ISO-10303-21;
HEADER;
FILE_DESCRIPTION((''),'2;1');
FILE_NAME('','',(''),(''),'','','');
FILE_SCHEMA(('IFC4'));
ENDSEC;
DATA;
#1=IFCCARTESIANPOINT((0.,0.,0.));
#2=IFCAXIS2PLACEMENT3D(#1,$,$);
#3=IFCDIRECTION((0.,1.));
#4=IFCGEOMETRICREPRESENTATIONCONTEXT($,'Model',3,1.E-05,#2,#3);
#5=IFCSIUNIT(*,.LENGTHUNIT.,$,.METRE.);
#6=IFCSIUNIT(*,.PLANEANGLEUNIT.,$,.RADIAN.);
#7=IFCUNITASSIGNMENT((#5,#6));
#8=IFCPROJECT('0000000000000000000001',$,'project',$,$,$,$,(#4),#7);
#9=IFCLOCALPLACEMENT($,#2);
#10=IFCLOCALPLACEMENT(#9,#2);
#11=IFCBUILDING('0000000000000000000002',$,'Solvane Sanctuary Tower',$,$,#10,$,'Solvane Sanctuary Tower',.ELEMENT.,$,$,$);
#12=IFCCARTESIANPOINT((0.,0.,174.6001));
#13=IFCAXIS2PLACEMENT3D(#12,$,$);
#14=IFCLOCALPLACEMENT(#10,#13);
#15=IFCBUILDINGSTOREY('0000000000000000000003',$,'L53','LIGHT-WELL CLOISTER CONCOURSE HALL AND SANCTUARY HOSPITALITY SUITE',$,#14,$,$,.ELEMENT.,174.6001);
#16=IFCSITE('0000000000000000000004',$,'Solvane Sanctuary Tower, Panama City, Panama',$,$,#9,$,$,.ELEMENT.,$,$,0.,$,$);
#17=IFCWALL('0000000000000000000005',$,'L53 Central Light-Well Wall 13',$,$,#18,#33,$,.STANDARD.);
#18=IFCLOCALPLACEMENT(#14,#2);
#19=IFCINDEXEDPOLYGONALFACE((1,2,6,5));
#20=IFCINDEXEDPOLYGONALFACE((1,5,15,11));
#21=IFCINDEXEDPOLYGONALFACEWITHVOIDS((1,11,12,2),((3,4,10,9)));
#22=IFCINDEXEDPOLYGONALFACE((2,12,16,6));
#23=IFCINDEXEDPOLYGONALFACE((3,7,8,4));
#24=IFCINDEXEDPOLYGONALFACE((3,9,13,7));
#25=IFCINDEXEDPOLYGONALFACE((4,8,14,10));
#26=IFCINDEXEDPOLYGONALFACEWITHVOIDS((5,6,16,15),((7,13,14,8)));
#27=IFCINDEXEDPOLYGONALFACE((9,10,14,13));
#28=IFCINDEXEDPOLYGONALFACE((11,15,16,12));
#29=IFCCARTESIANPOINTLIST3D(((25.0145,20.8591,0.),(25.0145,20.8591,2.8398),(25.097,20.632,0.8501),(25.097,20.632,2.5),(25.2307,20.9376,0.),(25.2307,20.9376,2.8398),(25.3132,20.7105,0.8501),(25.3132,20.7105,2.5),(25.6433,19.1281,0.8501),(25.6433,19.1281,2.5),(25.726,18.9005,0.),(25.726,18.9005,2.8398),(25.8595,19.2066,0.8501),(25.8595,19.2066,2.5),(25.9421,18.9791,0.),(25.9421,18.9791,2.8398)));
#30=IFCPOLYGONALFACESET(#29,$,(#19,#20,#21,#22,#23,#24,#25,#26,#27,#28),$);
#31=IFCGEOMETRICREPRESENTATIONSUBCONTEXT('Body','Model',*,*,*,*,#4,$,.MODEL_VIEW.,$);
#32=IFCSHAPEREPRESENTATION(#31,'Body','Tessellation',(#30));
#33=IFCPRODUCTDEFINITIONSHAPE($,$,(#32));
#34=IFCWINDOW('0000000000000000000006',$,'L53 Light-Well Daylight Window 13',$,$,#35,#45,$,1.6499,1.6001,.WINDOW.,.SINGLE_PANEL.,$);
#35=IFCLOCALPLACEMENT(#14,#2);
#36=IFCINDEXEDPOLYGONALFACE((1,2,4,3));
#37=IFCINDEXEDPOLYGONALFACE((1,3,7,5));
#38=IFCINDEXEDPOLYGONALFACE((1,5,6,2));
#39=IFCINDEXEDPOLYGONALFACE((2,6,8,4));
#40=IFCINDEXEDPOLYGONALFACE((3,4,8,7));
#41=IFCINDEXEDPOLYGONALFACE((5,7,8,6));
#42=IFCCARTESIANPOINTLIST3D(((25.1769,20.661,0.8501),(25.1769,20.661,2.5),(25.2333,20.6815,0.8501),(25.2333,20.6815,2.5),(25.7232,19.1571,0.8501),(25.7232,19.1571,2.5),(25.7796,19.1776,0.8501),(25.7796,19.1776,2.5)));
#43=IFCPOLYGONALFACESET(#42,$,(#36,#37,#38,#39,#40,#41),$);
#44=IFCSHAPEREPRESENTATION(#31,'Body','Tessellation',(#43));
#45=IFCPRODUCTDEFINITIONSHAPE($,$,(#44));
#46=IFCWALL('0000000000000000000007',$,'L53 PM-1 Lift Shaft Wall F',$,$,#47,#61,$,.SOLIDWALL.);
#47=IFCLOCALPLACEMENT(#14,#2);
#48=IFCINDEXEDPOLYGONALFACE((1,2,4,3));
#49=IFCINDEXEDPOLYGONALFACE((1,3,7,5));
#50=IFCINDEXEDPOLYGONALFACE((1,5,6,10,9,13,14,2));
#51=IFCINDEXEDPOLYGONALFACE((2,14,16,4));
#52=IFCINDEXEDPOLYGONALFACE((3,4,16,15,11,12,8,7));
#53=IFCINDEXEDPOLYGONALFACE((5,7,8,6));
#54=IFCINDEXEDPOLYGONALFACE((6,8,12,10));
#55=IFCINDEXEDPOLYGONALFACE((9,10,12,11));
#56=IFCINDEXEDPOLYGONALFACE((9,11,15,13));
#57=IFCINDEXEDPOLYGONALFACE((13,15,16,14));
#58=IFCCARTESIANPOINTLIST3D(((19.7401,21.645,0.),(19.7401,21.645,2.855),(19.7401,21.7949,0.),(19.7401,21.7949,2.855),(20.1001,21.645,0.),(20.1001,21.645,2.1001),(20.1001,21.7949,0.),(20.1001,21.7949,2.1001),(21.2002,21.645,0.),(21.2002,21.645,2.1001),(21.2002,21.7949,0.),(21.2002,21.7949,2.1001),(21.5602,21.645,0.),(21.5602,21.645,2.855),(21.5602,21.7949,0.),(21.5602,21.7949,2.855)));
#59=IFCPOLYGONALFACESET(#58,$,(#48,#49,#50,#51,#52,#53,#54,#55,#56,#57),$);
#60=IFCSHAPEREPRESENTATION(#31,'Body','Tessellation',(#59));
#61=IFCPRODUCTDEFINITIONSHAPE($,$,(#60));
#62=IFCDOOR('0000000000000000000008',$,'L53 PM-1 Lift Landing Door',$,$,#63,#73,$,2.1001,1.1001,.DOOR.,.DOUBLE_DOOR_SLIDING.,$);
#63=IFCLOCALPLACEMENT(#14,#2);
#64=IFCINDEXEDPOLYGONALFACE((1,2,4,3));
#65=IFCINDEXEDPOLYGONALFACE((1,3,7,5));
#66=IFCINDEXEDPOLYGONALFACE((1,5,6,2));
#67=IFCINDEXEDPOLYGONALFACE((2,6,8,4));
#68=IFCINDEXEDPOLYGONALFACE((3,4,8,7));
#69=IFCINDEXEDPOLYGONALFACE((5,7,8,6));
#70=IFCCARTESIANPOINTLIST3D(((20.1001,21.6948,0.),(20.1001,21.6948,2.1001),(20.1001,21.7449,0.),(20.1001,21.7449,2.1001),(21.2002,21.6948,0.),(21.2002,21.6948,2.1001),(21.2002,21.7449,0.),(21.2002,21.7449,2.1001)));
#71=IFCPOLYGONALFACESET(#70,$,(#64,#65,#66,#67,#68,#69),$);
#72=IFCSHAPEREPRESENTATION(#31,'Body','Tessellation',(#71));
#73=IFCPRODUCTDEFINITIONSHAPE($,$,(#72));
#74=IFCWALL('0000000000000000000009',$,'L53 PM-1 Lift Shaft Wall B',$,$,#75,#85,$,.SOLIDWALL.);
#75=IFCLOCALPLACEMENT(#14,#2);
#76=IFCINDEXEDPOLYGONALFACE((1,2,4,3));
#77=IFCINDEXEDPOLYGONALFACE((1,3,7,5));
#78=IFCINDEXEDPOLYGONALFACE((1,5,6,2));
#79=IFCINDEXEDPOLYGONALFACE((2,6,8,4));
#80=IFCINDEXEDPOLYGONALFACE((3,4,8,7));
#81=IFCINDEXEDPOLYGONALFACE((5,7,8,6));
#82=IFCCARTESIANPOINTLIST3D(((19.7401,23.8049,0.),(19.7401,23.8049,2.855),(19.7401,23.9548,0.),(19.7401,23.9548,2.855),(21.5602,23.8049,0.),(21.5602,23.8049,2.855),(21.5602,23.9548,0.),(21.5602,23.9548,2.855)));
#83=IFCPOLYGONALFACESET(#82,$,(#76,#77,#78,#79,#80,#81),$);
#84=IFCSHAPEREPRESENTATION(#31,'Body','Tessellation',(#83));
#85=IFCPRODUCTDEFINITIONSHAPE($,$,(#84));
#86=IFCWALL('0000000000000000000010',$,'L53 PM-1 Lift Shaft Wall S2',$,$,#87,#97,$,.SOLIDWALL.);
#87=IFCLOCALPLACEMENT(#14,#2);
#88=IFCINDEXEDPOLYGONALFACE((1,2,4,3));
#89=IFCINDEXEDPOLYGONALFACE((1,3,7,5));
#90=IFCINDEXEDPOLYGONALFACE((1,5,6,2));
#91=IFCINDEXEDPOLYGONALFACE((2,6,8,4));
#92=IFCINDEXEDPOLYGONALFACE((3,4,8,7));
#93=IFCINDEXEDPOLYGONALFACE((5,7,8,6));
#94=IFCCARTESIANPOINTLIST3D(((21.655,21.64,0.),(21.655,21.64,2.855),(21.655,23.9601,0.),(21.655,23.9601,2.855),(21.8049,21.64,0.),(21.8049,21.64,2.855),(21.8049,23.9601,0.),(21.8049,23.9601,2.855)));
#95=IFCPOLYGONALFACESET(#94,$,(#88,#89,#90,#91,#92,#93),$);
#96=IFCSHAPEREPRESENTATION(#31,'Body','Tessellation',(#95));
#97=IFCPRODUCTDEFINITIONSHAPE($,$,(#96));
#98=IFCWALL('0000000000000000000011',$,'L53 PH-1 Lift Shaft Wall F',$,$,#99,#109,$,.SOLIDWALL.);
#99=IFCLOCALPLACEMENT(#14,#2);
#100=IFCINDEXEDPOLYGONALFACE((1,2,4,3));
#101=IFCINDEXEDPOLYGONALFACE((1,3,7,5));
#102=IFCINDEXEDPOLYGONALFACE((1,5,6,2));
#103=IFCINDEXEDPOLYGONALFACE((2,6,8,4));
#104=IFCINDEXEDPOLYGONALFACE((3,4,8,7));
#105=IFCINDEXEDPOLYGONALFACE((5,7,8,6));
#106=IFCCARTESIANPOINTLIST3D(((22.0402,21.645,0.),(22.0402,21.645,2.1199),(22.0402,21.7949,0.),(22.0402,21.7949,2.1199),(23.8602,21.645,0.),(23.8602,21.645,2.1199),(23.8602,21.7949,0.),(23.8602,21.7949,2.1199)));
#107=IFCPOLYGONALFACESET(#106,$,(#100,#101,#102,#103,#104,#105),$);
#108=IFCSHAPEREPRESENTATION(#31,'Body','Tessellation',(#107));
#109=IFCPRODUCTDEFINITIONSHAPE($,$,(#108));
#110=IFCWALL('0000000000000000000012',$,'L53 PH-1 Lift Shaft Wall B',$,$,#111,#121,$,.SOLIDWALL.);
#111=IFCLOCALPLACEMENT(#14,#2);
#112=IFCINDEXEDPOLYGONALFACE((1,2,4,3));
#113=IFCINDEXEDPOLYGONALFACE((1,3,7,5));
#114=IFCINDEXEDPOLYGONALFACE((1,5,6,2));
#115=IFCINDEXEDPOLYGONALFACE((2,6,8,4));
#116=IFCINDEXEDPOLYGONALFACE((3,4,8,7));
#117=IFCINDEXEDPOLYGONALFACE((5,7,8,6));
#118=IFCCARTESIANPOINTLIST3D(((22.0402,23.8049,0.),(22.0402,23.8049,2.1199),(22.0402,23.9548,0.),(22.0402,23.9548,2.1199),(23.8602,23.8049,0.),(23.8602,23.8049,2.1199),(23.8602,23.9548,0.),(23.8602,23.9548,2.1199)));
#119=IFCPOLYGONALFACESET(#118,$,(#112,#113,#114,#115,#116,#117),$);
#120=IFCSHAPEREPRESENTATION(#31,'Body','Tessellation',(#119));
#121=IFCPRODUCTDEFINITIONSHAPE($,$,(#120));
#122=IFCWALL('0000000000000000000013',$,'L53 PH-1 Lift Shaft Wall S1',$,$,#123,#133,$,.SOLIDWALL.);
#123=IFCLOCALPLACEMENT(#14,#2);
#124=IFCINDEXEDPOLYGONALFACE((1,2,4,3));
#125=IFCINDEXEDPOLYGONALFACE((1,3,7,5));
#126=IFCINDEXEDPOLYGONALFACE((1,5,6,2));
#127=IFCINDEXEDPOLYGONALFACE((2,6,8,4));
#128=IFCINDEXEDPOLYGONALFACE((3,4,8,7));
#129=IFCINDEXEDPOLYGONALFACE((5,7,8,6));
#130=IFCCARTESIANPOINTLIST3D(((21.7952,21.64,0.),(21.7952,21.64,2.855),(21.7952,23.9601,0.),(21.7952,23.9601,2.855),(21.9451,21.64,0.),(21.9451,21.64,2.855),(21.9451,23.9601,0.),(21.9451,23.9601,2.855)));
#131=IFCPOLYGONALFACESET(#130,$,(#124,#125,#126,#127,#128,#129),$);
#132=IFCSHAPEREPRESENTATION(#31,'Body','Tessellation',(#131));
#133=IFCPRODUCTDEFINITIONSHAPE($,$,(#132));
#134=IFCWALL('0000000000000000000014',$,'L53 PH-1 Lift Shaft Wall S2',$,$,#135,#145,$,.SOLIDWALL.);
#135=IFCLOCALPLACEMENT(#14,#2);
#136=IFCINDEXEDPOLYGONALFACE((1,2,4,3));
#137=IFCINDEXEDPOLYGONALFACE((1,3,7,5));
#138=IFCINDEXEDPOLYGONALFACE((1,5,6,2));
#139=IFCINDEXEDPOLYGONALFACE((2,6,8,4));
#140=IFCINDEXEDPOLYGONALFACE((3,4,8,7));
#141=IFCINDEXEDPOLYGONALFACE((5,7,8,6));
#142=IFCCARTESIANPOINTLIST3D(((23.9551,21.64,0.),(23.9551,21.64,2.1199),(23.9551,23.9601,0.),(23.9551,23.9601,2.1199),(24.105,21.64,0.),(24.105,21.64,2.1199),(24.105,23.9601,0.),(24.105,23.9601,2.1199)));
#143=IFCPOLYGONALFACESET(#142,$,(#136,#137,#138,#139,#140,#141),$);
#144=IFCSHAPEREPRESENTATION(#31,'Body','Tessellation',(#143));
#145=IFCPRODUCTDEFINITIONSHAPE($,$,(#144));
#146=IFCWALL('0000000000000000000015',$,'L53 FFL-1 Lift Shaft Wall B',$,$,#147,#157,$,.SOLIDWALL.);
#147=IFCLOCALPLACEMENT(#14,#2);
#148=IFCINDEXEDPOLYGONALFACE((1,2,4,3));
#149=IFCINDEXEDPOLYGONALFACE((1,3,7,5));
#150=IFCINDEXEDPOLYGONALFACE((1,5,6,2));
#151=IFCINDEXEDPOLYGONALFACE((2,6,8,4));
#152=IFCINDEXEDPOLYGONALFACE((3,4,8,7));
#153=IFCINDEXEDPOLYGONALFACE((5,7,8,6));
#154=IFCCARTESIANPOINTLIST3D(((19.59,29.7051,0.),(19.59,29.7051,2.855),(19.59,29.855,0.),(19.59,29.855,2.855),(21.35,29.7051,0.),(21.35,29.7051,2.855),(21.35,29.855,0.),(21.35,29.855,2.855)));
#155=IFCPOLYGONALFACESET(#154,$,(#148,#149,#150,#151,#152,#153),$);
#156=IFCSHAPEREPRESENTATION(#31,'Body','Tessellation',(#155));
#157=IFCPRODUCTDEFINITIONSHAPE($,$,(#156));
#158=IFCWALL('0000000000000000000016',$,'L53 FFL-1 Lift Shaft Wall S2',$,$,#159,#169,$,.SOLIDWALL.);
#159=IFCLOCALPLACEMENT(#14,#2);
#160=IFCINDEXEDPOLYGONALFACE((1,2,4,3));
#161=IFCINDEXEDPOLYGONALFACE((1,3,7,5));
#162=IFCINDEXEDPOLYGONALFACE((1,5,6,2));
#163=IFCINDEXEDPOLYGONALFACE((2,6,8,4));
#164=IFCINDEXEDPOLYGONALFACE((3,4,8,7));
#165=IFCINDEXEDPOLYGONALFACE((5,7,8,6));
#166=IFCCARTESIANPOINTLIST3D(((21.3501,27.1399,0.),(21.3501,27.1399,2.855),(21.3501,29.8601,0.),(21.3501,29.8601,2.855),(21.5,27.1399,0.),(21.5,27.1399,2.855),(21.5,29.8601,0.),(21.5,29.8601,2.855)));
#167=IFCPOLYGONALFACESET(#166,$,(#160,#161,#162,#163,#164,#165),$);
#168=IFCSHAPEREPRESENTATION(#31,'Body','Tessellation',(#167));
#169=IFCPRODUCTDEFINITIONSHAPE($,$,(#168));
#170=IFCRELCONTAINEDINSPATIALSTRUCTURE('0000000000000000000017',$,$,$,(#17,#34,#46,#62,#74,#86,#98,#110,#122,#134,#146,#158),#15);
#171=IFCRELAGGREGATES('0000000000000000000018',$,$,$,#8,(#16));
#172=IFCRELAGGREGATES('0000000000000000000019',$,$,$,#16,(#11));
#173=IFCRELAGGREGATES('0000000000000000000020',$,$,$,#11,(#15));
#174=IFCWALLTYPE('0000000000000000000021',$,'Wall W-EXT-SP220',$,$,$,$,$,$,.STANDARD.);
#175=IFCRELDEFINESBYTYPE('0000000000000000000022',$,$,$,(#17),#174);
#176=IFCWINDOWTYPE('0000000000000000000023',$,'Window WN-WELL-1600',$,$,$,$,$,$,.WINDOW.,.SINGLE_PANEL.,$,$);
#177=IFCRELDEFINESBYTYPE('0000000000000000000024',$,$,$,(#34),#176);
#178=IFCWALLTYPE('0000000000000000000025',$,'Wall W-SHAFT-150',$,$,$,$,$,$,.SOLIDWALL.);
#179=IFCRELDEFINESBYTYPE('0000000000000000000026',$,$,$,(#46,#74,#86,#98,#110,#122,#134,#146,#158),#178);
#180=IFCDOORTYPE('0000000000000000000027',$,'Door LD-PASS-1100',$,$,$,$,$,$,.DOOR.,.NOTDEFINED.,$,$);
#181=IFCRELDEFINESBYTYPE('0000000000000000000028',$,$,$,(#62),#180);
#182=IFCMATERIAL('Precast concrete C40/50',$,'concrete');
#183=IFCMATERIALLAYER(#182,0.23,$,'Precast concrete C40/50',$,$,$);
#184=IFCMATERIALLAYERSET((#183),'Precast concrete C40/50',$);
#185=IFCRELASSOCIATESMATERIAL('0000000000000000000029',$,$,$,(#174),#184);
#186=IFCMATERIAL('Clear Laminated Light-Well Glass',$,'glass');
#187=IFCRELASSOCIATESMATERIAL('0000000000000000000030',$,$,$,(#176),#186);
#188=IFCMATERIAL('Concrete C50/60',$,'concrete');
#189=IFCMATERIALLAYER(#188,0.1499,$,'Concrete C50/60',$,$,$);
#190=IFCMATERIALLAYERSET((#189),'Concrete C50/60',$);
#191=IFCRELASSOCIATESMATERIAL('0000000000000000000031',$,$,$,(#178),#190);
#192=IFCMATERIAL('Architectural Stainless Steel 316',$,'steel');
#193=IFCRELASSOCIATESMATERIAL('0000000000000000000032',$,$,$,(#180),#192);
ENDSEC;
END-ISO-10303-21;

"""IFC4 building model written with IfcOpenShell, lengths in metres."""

from ifc_helpers import new_model, si_unit, direction, frame, frame_2d, origin, place, context, subcontext, project, spatial, rectangle, extrude, material, layer, layer_set, type_object, element, fill, save


model = new_model("IFC4")

# Units and contexts
model_context = context("Model", 3, precision=1e-05, world=origin(), true_north=direction((0.0, 1.0)))
body_context = subcontext(model_context, "Body", "Model", "MODEL_VIEW")
ifc_project = project(units=[si_unit("LENGTHUNIT", "METRE"), si_unit("PLANEANGLEUNIT", "RADIAN")], contexts=[model_context])

# Site, building, storey
site_placement = place(None, origin())
site = spatial("IfcSite", under=ifc_project, at=site_placement, Name="Solvane Sanctuary Tower, Panama City, Panama", CompositionType="ELEMENT", RefElevation=0.0)
building_placement = place(site_placement, origin())
building = spatial("IfcBuilding", under=site, at=building_placement, Name="Solvane Sanctuary Tower", LongName="Solvane Sanctuary Tower", CompositionType="ELEMENT")
storey_placement = place(building_placement, frame((0.0, 0.0, 174.6001)))
storey = spatial("IfcBuildingStorey", under=building, at=storey_placement, Name="L53", Description="LIGHT-WELL CLOISTER CONCOURSE HALL AND SANCTUARY HOSPITALITY SUITE", CompositionType="ELEMENT", Elevation=174.6001)

# Shared definitions
ifc_material_1 = material(Name="Concrete C50/60", Category="concrete")

# Shared definitions
ifc_material_2 = material(Name="Architectural Stainless Steel 316", Category="steel")

# Shared definitions
ifc_material_3 = material(Name="Precast concrete C40/50", Category="concrete")
ifc_layer_1 = layer(ifc_material_3, 0.23, Name="Precast concrete C40/50")
ifc_layer_set_1 = layer_set([ifc_layer_1], Name="Precast concrete C40/50")
wall_type_1 = type_object("IfcWallType", Name="Wall W-EXT-SP220", PredefinedType="STANDARD", material=ifc_layer_set_1)

# Shared definitions
ifc_material_4 = material(Name="Clear Laminated Light-Well Glass", Category="glass")
window_type = type_object("IfcWindowType", Name="Window WN-WELL-1600", PartitioningType="SINGLE_PANEL", PredefinedType="WINDOW", material=ifc_material_4)

# Wall, opening, window
wall_1_placement = place(storey_placement, frame((25.1226, 20.8984, 0.0), z_axis=(0.0, 0.0, 1.0), x_axis=(0.341423, -0.93991, 0.0)))
wall_1 = element("IfcWall", 1, at=wall_1_placement, inside=storey, type_object=wall_type_1, Name="L53 Central Light-Well Wall 13", PredefinedType="STANDARD", context=body_context, shape_type="SweptSolid", body=[
    extrude(rectangle(XDim=2.0837, YDim=0.23, at=frame_2d((1.042, 0.0))), origin(), (0.0, 0.0, 1.0), 2.8398),
])
opening_1_placement = place(wall_1_placement, frame((0.2417, 0.0, 0.8501)))
opening_1 = element("IfcOpeningElement", 2, at=opening_1_placement, cuts=wall_1, PredefinedType="OPENING", context=body_context, shape_type="SweptSolid", body=[
    extrude(rectangle(XDim=1.6001, YDim=1.6499, at=frame_2d((0.8, 0.825))), frame((0.0, 0.125, 0.0), z_axis=(0.0, -1.0, 0.0), x_axis=(1.0, 0.0, 0.0)), (0.0, 0.0, 1.0), 0.25),
])
window_1_placement = place(opening_1_placement, origin())
window_1 = element("IfcWindow", 3, at=window_1_placement, inside=storey, type_object=window_type, Name="L53 Light-Well Daylight Window 13", OverallHeight=1.6499, OverallWidth=1.6001, PartitioningType="SINGLE_PANEL", PredefinedType="WINDOW", context=body_context, shape_type="SweptSolid", body=[
    extrude(rectangle(XDim=1.6001, YDim=1.6499, at=frame_2d((0.8, 0.825))), frame((0.0, 0.03, 0.0), z_axis=(0.0, -1.0, 0.0), x_axis=(1.0, 0.0, 0.0)), (0.0, 0.0, 1.0), 0.0601),
])
fill(opening_1, window_1)

# Wall, opening, door
ifc_layer_2 = layer(ifc_material_1, 0.1499, Name="Concrete C50/60")
ifc_layer_set_2 = layer_set([ifc_layer_2], Name="Concrete C50/60")
wall_type_2 = type_object("IfcWallType", Name="Wall W-SHAFT-150", PredefinedType="SOLIDWALL", material=ifc_layer_set_2)
wall_2_placement = place(storey_placement, frame((19.74, 21.72, 0.0), z_axis=(0.0, 0.0, 1.0), x_axis=(1.0, 0.0, 0.0)))
wall_2 = element("IfcWall", 4, at=wall_2_placement, inside=storey, type_object=wall_type_2, Name="L53 PM-1 Lift Shaft Wall F", PredefinedType="SOLIDWALL", context=body_context, shape_type="SweptSolid", body=[
    extrude(rectangle(XDim=1.8201, YDim=0.1499, at=frame_2d((0.9102, 0.0))), origin(), (0.0, 0.0, 1.0), 2.855),
])
opening_2_placement = place(wall_2_placement, frame((0.3601, 0.0, 0.0)))
opening_2 = element("IfcOpeningElement", 5, at=opening_2_placement, cuts=wall_2, PredefinedType="OPENING", context=body_context, shape_type="SweptSolid", body=[
    extrude(rectangle(XDim=1.1001, YDim=2.1001, at=frame_2d((0.55, 1.05))), frame((0.0, 0.085, 0.0), z_axis=(0.0, -1.0, 0.0), x_axis=(1.0, 0.0, 0.0)), (0.0, 0.0, 1.0), 0.1699),
])
door_type_1 = type_object("IfcDoorType", Name="Door LD-PASS-1100", OperationType="NOTDEFINED", PredefinedType="DOOR", material=ifc_material_2)
door_1_placement = place(opening_2_placement, origin())
door_1 = element("IfcDoor", 6, at=door_1_placement, inside=storey, type_object=door_type_1, Name="L53 PM-1 Lift Landing Door", OperationType="DOUBLE_DOOR_SLIDING", OverallHeight=2.1001, OverallWidth=1.1001, PredefinedType="DOOR", context=body_context, shape_type="SweptSolid", body=[
    extrude(rectangle(XDim=1.1001, YDim=2.1001, at=frame_2d((0.55, 1.05))), frame((0.0, 0.0249, 0.0), z_axis=(0.0, -1.0, 0.0), x_axis=(1.0, 0.0, 0.0)), (0.0, 0.0, 1.0), 0.05),
])
fill(opening_2, door_1)

# Walls
wall_3_placement = place(storey_placement, frame((19.74, 23.8799, 0.0), z_axis=(0.0, 0.0, 1.0), x_axis=(1.0, 0.0, 0.0)))
element("IfcWall", 7, at=wall_3_placement, inside=storey, type_object=wall_type_2, Name="L53 PM-1 Lift Shaft Wall B", PredefinedType="SOLIDWALL", context=body_context, shape_type="SweptSolid", body=[
    extrude(rectangle(XDim=1.8201, YDim=0.1499, at=frame_2d((0.9102, 0.0))), origin(), (0.0, 0.0, 1.0), 2.855),
])
wall_4_placement = place(storey_placement, frame((21.73, 21.6399, 0.0), z_axis=(0.0, 0.0, 1.0), x_axis=(0.0, 1.0, 0.0)))
element("IfcWall", 8, at=wall_4_placement, inside=storey, type_object=wall_type_2, Name="L53 PM-1 Lift Shaft Wall S2", PredefinedType="SOLIDWALL", context=body_context, shape_type="SweptSolid", body=[
    extrude(rectangle(XDim=2.3201, YDim=0.1499, at=frame_2d((1.1602, 0.0))), origin(), (0.0, 0.0, 1.0), 2.855),
])
for number, where, z_axis, x_axis, name in (
    (9, (22.04, 21.72, 0.0), (0.0, 0.0, 1.0), (1.0, 0.0, 0.0), "L53 PH-1 Lift Shaft Wall F"),
    (10, (22.04, 23.8799, 0.0), (0.0, 0.0, 1.0), (1.0, 0.0, 0.0), "L53 PH-1 Lift Shaft Wall B"),
):
    element("IfcWall", number, at=place(storey_placement, frame(where, z_axis=z_axis, x_axis=x_axis)), inside=storey, type_object=wall_type_2, Name=name, PredefinedType="SOLIDWALL", context=body_context, shape_type="SweptSolid", body=[
        extrude(rectangle(XDim=1.8201, YDim=0.1499, at=frame_2d((0.9102, 0.0))), origin(), (0.0, 0.0, 1.0), 2.1199),
    ])
wall_5_placement = place(storey_placement, frame((21.8701, 21.6399, 0.0), z_axis=(0.0, 0.0, 1.0), x_axis=(0.0, 1.0, 0.0)))
element("IfcWall", 11, at=wall_5_placement, inside=storey, type_object=wall_type_2, Name="L53 PH-1 Lift Shaft Wall S1", PredefinedType="SOLIDWALL", context=body_context, shape_type="SweptSolid", body=[
    extrude(rectangle(XDim=2.3201, YDim=0.1499, at=frame_2d((1.1602, 0.0))), origin(), (0.0, 0.0, 1.0), 2.855),
])
wall_6_placement = place(storey_placement, frame((24.03, 21.6399, 0.0), z_axis=(0.0, 0.0, 1.0), x_axis=(0.0, 1.0, 0.0)))
element("IfcWall", 12, at=wall_6_placement, inside=storey, type_object=wall_type_2, Name="L53 PH-1 Lift Shaft Wall S2", PredefinedType="SOLIDWALL", context=body_context, shape_type="SweptSolid", body=[
    extrude(rectangle(XDim=2.3201, YDim=0.1499, at=frame_2d((1.1602, 0.0))), origin(), (0.0, 0.0, 1.0), 2.1199),
])
wall_7_placement = place(storey_placement, frame((19.5901, 29.78, 0.0), z_axis=(0.0, 0.0, 1.0), x_axis=(1.0, 0.0, 0.0)))
element("IfcWall", 13, at=wall_7_placement, inside=storey, type_object=wall_type_2, Name="L53 FFL-1 Lift Shaft Wall B", PredefinedType="SOLIDWALL", context=body_context, shape_type="SweptSolid", body=[
    extrude(rectangle(XDim=1.76, YDim=0.1499, at=frame_2d((0.8799, 0.0))), origin(), (0.0, 0.0, 1.0), 2.855),
])
wall_8_placement = place(storey_placement, frame((21.425, 27.1399, 0.0), z_axis=(0.0, 0.0, 1.0), x_axis=(0.0, 1.0, 0.0)))
element("IfcWall", 14, at=wall_8_placement, inside=storey, type_object=wall_type_2, Name="L53 FFL-1 Lift Shaft Wall S2", PredefinedType="SOLIDWALL", context=body_context, shape_type="SweptSolid", body=[
    extrude(rectangle(XDim=2.7202, YDim=0.1499, at=frame_2d((1.3601, 0.0))), origin(), (0.0, 0.0, 1.0), 2.855),
])

save(model, "model.ifc")
